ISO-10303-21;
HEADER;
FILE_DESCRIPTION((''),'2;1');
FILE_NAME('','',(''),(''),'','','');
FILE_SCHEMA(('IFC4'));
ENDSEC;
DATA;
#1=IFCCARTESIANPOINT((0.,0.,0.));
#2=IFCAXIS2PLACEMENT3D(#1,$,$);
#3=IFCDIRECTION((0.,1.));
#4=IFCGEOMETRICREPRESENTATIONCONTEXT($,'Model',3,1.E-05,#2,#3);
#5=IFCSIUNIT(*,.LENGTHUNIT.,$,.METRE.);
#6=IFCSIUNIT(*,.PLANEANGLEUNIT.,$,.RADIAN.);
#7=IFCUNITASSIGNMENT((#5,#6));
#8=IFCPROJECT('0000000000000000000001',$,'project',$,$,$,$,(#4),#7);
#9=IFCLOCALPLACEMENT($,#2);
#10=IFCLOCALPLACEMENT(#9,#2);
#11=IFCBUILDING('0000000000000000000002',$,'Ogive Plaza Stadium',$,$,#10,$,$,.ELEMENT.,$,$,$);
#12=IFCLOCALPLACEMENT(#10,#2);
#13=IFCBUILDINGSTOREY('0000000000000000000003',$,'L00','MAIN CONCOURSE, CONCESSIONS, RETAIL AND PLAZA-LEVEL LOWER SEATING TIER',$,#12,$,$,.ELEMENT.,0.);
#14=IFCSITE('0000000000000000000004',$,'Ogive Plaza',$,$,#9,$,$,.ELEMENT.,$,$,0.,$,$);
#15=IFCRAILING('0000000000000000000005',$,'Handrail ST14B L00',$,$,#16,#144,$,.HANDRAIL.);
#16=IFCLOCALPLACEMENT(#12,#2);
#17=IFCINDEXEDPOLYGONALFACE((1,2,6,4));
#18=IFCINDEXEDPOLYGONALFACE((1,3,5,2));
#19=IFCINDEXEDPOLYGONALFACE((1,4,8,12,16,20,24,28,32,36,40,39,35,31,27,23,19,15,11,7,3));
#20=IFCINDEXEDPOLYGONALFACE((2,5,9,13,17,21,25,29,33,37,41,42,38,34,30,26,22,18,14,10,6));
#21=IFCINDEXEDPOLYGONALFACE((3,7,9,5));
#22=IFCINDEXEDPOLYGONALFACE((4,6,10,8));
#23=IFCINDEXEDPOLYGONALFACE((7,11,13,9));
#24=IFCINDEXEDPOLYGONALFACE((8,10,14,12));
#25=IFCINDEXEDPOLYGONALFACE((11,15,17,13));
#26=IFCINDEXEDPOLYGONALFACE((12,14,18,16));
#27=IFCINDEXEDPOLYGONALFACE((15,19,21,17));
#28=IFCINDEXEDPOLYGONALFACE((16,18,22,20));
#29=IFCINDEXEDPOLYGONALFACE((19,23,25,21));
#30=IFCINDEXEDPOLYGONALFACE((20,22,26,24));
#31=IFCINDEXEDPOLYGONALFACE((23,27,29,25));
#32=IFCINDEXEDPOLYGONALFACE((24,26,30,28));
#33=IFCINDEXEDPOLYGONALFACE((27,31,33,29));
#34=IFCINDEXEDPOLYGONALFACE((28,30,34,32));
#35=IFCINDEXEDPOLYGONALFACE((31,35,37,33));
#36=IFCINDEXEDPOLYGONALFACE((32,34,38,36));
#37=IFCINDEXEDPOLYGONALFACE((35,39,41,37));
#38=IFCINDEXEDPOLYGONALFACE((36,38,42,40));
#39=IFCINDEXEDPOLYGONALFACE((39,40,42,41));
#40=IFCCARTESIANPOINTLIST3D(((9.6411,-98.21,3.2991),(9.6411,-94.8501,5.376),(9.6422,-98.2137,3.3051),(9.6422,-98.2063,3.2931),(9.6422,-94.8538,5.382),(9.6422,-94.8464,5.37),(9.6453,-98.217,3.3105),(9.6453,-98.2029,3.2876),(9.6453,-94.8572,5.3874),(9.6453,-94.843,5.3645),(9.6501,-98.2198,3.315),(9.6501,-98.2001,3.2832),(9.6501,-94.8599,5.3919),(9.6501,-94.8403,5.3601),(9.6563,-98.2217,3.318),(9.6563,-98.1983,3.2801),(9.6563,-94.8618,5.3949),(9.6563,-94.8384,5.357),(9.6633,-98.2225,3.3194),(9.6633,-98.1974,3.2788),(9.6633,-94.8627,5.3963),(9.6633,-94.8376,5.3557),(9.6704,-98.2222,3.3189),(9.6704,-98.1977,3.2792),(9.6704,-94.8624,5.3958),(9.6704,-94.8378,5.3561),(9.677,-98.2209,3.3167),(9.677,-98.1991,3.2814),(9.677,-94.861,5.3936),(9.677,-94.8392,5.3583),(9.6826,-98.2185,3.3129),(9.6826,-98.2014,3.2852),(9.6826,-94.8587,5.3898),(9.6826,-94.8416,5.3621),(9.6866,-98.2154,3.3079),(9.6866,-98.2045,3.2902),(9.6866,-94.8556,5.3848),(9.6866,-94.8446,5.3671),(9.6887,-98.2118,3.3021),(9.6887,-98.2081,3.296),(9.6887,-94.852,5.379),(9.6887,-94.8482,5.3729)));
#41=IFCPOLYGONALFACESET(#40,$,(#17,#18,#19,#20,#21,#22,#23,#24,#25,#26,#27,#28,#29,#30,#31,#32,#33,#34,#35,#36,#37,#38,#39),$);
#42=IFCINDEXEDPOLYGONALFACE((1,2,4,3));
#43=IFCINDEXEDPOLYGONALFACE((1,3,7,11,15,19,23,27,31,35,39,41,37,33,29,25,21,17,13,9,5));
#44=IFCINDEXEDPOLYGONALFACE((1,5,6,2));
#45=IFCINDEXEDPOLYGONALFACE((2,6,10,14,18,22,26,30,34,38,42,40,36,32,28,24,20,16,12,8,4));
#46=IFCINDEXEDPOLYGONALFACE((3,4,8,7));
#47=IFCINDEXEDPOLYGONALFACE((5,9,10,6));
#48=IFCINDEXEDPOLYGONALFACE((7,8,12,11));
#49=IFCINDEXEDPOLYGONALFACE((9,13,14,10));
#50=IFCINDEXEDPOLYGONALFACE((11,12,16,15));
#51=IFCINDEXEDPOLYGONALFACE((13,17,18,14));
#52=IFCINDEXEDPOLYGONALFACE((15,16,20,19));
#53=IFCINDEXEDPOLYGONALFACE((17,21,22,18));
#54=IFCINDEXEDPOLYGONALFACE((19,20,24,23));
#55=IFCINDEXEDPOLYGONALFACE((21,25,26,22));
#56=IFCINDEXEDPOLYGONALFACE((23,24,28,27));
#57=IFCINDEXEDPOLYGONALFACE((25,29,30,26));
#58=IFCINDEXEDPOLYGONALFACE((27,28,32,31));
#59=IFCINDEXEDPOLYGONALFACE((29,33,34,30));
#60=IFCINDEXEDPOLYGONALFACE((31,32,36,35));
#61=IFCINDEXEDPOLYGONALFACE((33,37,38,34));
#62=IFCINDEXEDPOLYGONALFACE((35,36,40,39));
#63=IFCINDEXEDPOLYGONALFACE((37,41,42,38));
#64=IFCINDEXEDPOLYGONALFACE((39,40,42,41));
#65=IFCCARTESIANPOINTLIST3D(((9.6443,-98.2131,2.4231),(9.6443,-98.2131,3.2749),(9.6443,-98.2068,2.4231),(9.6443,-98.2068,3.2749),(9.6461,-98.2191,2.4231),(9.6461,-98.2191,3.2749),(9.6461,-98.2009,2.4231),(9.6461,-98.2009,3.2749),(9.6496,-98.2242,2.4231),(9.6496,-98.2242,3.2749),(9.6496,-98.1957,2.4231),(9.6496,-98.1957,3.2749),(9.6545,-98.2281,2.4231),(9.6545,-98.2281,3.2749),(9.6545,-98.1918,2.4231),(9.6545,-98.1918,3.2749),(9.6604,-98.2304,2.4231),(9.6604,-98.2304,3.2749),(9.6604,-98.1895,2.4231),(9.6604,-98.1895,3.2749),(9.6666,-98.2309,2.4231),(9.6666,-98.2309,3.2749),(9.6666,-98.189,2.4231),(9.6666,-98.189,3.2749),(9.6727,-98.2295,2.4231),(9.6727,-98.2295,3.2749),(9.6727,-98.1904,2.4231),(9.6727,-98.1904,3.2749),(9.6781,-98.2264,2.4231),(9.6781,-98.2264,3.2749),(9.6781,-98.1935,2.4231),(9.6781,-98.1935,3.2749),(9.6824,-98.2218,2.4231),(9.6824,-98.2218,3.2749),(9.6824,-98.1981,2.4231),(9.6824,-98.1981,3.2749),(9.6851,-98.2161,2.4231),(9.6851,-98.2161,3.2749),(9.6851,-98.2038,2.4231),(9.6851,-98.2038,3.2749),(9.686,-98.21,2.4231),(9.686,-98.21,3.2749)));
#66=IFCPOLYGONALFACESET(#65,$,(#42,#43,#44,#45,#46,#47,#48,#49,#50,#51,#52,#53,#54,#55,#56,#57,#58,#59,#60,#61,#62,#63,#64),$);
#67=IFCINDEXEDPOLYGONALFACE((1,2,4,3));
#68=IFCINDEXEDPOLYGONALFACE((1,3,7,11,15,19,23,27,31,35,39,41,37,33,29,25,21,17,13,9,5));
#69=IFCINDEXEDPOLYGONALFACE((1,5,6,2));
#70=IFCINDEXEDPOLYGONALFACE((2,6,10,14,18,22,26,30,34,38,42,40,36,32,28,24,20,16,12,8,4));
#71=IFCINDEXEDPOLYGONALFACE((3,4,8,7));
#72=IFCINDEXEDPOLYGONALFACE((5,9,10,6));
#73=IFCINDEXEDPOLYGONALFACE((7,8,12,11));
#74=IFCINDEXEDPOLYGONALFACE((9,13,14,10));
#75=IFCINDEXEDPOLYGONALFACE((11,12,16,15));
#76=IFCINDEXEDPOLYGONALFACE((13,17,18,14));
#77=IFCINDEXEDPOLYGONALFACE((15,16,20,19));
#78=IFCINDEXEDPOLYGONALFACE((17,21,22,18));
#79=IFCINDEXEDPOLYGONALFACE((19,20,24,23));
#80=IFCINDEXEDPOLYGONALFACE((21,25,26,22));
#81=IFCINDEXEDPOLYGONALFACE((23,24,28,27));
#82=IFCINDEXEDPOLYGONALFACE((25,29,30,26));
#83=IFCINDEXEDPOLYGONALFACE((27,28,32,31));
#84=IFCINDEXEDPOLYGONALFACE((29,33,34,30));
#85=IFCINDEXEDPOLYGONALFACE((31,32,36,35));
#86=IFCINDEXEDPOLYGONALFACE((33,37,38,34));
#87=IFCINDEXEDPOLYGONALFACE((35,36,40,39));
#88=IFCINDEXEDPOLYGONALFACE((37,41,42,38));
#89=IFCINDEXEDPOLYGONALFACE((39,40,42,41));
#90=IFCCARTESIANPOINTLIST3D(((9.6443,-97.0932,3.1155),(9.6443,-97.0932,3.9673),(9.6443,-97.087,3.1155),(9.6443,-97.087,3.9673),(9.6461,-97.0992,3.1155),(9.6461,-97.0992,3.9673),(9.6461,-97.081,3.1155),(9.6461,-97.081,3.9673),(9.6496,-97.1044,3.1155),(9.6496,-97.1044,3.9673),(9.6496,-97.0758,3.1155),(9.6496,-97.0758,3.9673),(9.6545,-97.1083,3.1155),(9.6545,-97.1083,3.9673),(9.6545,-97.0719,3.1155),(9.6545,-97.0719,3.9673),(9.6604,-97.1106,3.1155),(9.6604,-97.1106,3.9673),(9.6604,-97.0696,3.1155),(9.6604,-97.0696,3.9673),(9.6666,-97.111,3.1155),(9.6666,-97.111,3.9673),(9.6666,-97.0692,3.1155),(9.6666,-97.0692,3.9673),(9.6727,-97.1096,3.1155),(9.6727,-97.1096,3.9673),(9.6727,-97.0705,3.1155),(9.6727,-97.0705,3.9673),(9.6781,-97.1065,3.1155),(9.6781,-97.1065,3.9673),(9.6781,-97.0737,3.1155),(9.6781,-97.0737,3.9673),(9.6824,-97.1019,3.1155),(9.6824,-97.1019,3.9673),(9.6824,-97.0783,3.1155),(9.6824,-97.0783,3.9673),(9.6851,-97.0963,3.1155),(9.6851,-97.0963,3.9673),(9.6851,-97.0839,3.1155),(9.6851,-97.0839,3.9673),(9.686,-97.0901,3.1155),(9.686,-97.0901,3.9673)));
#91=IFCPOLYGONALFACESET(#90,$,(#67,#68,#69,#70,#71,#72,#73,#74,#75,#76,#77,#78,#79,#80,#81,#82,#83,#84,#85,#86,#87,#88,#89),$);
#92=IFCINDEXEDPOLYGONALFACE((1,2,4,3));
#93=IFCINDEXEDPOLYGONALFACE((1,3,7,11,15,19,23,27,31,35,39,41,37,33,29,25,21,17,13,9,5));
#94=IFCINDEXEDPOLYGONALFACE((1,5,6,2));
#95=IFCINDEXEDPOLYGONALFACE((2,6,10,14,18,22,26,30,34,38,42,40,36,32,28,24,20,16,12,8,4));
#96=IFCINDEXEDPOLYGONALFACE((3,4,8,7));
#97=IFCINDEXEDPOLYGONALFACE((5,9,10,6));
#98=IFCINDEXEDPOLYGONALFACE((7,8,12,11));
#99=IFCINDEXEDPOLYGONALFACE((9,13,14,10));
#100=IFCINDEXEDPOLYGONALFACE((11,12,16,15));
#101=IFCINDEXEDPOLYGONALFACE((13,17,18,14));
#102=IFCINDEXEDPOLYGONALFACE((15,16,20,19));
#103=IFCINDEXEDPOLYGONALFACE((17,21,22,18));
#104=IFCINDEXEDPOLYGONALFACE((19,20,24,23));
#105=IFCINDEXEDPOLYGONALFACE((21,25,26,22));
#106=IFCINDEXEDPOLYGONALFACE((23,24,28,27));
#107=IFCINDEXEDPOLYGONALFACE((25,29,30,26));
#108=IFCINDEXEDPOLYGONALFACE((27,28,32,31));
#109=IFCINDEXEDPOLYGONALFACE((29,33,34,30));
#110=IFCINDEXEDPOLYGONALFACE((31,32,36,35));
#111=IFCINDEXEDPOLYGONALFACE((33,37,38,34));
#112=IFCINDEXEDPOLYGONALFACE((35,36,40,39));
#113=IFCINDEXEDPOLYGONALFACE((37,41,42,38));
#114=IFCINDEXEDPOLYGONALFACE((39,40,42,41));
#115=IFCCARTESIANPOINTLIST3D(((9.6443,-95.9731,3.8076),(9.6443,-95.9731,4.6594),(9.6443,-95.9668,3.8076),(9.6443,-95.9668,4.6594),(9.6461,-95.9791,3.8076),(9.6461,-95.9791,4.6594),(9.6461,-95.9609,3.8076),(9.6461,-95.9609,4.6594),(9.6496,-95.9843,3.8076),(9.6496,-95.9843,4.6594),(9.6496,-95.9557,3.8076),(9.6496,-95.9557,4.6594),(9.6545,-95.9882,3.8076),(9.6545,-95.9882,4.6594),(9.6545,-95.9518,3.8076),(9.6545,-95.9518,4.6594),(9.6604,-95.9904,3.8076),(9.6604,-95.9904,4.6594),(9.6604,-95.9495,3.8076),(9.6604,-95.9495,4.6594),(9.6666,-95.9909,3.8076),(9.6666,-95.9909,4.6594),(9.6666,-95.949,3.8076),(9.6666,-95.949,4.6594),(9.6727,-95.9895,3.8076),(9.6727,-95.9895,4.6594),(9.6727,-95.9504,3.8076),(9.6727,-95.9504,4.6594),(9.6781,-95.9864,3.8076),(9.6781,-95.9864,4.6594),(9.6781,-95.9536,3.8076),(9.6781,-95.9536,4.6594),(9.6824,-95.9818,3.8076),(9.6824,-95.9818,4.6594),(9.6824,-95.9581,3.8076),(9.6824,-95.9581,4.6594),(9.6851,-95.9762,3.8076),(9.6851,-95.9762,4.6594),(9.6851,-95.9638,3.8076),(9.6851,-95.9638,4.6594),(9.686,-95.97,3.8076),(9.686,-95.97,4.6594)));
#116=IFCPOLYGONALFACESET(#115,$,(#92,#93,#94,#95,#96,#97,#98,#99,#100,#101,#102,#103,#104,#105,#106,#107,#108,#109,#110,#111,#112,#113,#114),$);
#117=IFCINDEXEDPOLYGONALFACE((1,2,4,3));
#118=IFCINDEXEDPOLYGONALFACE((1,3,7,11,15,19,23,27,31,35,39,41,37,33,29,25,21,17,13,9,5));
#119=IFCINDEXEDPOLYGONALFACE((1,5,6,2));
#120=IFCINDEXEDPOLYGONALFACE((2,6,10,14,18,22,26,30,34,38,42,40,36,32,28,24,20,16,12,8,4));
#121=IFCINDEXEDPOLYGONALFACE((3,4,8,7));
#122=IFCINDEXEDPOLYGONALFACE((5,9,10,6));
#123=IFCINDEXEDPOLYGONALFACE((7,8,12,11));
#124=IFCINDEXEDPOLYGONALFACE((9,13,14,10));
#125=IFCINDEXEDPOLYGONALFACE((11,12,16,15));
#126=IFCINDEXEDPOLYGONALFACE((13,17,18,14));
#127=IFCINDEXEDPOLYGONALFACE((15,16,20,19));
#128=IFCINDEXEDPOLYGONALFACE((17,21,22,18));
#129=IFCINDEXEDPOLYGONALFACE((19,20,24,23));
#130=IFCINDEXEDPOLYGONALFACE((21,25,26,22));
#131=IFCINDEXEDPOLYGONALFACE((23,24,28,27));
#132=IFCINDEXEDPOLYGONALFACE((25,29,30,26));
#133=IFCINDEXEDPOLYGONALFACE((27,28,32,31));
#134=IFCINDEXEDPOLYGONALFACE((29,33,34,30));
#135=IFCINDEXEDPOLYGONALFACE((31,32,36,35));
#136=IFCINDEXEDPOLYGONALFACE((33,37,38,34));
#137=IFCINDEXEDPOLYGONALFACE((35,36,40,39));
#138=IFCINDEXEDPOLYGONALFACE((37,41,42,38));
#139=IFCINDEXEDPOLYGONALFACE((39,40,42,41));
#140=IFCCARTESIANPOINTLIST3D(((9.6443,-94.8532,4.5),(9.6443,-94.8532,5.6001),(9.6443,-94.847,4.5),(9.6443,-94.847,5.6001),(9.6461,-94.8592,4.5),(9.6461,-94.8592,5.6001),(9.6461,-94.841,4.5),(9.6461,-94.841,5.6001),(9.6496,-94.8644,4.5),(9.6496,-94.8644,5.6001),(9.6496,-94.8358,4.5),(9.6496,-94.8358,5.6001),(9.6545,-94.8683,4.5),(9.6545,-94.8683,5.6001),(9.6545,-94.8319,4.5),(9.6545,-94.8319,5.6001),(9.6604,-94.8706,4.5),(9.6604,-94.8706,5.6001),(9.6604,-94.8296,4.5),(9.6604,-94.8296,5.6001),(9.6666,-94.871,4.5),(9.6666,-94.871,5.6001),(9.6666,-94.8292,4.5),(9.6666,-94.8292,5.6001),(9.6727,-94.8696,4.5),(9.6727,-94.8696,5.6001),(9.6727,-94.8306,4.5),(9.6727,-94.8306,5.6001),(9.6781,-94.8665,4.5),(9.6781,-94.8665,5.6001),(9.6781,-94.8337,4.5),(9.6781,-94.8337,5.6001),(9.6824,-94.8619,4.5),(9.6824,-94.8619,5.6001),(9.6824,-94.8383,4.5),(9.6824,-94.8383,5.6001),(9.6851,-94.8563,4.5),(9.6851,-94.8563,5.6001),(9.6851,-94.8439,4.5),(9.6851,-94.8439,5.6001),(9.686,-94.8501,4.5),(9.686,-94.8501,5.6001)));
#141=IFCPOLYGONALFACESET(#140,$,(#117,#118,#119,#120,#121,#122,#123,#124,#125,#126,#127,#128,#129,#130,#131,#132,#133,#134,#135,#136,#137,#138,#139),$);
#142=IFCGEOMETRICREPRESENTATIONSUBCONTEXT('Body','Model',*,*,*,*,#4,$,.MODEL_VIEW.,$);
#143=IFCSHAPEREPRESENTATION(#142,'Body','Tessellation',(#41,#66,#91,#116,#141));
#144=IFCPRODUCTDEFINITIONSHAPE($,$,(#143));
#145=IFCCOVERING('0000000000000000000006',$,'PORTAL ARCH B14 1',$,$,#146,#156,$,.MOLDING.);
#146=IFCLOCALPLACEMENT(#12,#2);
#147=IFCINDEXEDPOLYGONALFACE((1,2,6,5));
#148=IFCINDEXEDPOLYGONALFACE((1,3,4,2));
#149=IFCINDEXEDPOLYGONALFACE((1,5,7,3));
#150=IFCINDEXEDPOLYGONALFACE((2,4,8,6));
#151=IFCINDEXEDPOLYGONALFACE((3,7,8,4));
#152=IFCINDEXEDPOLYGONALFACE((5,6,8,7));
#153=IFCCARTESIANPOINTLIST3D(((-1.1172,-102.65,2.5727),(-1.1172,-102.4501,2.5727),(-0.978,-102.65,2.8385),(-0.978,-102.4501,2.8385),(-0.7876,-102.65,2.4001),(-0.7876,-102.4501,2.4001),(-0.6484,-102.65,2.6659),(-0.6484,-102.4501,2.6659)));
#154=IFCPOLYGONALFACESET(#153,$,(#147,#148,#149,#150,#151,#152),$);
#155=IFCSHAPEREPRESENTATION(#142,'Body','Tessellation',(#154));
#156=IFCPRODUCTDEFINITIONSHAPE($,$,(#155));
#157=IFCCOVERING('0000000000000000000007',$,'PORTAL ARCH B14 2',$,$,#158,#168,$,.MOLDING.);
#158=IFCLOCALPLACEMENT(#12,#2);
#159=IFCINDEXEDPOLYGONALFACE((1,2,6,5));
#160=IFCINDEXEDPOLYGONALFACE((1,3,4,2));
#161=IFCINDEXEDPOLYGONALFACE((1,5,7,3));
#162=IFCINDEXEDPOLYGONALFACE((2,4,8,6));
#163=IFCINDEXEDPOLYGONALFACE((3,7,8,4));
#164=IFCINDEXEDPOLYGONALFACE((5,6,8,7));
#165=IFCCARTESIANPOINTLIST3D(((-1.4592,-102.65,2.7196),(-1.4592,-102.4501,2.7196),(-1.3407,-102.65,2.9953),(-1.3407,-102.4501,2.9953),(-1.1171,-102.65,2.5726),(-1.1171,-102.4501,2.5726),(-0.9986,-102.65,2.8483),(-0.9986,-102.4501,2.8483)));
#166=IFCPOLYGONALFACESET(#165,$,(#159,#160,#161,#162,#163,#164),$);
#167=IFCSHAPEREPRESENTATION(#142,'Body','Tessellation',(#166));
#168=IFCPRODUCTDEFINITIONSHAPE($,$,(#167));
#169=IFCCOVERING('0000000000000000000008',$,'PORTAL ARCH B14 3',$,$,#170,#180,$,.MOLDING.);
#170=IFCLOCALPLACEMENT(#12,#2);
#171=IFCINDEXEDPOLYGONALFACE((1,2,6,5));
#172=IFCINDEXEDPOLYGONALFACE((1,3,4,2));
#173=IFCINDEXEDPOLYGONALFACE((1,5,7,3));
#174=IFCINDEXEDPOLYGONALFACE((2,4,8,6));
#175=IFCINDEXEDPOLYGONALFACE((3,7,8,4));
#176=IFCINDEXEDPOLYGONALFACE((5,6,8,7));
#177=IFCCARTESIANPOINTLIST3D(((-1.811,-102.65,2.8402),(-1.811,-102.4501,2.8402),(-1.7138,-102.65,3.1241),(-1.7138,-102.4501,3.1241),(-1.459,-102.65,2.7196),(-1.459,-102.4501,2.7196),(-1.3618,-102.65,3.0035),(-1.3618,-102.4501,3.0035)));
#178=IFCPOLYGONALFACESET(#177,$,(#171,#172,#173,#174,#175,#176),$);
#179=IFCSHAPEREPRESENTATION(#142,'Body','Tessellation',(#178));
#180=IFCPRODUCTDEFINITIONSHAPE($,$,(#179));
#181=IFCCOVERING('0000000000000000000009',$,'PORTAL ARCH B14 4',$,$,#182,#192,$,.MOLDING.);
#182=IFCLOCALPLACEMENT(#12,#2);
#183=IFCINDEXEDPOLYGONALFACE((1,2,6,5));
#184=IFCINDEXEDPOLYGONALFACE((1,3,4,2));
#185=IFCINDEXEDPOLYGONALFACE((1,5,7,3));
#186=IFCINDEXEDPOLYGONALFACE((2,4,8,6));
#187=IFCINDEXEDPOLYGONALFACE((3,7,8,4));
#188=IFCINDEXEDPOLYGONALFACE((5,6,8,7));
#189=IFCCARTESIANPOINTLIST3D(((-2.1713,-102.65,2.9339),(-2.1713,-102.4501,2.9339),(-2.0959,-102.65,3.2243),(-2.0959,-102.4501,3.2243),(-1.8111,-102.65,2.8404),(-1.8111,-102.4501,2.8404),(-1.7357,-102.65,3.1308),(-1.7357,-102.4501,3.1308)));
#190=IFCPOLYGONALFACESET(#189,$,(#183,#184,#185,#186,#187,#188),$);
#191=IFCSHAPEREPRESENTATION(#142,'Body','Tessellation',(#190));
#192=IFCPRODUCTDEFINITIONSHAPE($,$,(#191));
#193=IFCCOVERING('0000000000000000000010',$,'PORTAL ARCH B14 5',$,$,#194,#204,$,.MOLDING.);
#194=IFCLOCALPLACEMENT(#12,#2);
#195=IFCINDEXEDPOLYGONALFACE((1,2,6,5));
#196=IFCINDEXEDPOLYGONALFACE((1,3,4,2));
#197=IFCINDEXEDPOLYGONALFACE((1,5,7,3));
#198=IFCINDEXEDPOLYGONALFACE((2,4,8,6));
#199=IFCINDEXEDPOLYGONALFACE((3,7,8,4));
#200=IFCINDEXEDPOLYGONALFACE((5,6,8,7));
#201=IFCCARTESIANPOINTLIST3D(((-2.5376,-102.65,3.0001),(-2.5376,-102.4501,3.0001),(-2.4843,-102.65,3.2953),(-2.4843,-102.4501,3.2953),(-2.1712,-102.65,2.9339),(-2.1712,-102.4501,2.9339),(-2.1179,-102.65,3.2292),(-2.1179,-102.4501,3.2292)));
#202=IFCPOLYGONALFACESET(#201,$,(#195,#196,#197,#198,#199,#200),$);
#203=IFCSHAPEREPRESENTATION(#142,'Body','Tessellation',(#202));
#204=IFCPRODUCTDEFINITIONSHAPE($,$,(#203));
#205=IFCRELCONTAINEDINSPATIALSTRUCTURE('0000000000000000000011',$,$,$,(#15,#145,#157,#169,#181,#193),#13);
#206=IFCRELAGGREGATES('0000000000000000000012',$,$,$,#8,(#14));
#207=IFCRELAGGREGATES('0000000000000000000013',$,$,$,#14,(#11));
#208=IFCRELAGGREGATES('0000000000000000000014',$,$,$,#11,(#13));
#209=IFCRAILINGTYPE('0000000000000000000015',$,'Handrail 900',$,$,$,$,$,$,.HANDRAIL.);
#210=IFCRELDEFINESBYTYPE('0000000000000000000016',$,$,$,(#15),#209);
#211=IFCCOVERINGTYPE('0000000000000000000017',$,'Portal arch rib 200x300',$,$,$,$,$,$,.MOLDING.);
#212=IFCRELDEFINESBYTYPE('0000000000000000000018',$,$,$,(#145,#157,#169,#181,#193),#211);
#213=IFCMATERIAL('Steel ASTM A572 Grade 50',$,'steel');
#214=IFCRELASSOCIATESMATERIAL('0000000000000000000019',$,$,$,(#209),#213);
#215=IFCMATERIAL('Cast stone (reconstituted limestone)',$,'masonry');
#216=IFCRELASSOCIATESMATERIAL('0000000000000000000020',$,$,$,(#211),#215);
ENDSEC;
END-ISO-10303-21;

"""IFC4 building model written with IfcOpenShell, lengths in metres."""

from ifc_helpers import new_model, si_unit, direction, frame, origin, origin_2d, place, context, subcontext, project, spatial, rectangle, circle, extrude, material, material_profile, profile_set, type_object, element, save


model = new_model("IFC4")

# Units and contexts
model_context = context("Model", 3, precision=1e-05, world=origin(), true_north=direction((0.0, 1.0)))
body_context = subcontext(model_context, "Body", "Model", "MODEL_VIEW")
ifc_project = project(units=[si_unit("LENGTHUNIT", "METRE"), si_unit("PLANEANGLEUNIT", "RADIAN")], contexts=[model_context])

# Site, building, storey
site_placement = place(None, origin())
site = spatial("IfcSite", under=ifc_project, at=site_placement, Name="Ogive Plaza", CompositionType="ELEMENT", RefElevation=0.0)
building_placement = place(site_placement, origin())
building = spatial("IfcBuilding", under=site, at=building_placement, Name="Ogive Plaza Stadium", CompositionType="ELEMENT")
storey_placement = place(building_placement, origin())
storey = spatial("IfcBuildingStorey", under=building, at=storey_placement, Name="L00", Description="MAIN CONCOURSE, CONCESSIONS, RETAIL AND PLAZA-LEVEL LOWER SEATING TIER", CompositionType="ELEMENT", Elevation=0.0)

# Railing
ifc_material_1 = material(Name="Steel ASTM A572 Grade 50", Category="steel")
railing_type = type_object("IfcRailingType", Name="Handrail 900", PredefinedType="HANDRAIL", material=ifc_material_1)
for number, where, name in (
    (1, (9.665, -98.21, 2.4231), "Handrail ST14B L00"),
):
    element("IfcRailing", number, at=place(storey_placement, frame(where)), inside=storey, type_object=railing_type, Name=name, PredefinedType="HANDRAIL", context=body_context, shape_type="SweptSolid", body=[
        extrude(circle(Radius=0.0239, at=origin_2d()), frame((0.0, 0.0, 0.876), z_axis=(0.0, 0.850606, 0.525803), x_axis=(-1.0, 0.0, 0.0)), (0.0, 0.0, 1.0), 3.95),
        extrude(circle(Radius=0.021, at=origin_2d()), origin(), (0.0, 0.0, 1.0), 0.8518),
        extrude(circle(Radius=0.021, at=origin_2d()), frame((0.0, 1.1199, 0.6924)), (0.0, 0.0, 1.0), 0.8518),
        extrude(circle(Radius=0.021, at=origin_2d()), frame((0.0, 2.24, 1.3845)), (0.0, 0.0, 1.0), 0.8518),
        extrude(circle(Radius=0.021, at=origin_2d()), frame((0.0, 3.3599, 2.0769)), (0.0, 0.0, 1.0), 1.1001),
    ])

# Coverings
ifc_material_2 = material(Name="Cast stone (reconstituted limestone)", Category="masonry")
ifc_material_profile_1 = material_profile(ifc_material_2, rectangle(XDim=0.2, YDim=0.3, at=origin_2d()), Name="Cast stone 200x300")
ifc_profile_set_1 = profile_set([ifc_material_profile_1], Name="Cast stone (reconstituted limestone)")
covering_type = type_object("IfcCoveringType", Name="Portal arch rib 200x300", PredefinedType="MOLDING", material=ifc_profile_set_1)
covering_1_placement = place(storey_placement, frame((-0.718, -102.55, 2.533), z_axis=(-0.88587, 0.0, 0.463933), x_axis=(0.0, -1.0, 0.0)))
element("IfcCovering", 2, at=covering_1_placement, inside=storey, type_object=covering_type, Name="PORTAL ARCH B14 1", PredefinedType="MOLDING", context=body_context, shape_type="SweptSolid", body=[
    extrude(rectangle(XDim=0.2, YDim=0.3, at=origin_2d()), origin(), (0.0, 0.0, 1.0), 0.3721),
])
covering_2_placement = place(storey_placement, frame((-1.0579, -102.55, 2.7104), z_axis=(-0.918771, 0.0, 0.39479), x_axis=(0.0, -1.0, 0.0)))
element("IfcCovering", 3, at=covering_2_placement, inside=storey, type_object=covering_type, Name="PORTAL ARCH B14 2", PredefinedType="MOLDING", context=body_context, shape_type="SweptSolid", body=[
    extrude(rectangle(XDim=0.2, YDim=0.3, at=origin_2d()), origin(), (0.0, 0.0, 1.0), 0.3723),
])
for number, where, z_axis, x_axis, name in (
    (4, (-1.4104, -102.55, 2.8616), (-0.946026, 0.0, 0.324089), (0.0, -1.0, 0.0), "PORTAL ARCH B14 3"),
    (5, (-1.7734, -102.55, 2.9856), (-0.967902, 0.0, 0.251327), (0.0, -1.0, 0.0), "PORTAL ARCH B14 4"),
):
    element("IfcCovering", number, at=place(storey_placement, frame(where, z_axis=z_axis, x_axis=x_axis)), inside=storey, type_object=covering_type, Name=name, PredefinedType="MOLDING", context=body_context, shape_type="SweptSolid", body=[
        extrude(rectangle(XDim=0.2, YDim=0.3, at=origin_2d()), origin(), (0.0, 0.0, 1.0), 0.3721),
    ])
covering_3_placement = place(storey_placement, frame((-2.1445, -102.55, 3.0815), z_axis=(-0.984089, 0.0, 0.177674), x_axis=(0.0, -1.0, 0.0)))
element("IfcCovering", 6, at=covering_3_placement, inside=storey, type_object=covering_type, Name="PORTAL ARCH B14 5", PredefinedType="MOLDING", context=body_context, shape_type="SweptSolid", body=[
    extrude(rectangle(XDim=0.2, YDim=0.3, at=origin_2d()), origin(), (0.0, 0.0, 1.0), 0.3723),
])

save(model, "model.ifc")
